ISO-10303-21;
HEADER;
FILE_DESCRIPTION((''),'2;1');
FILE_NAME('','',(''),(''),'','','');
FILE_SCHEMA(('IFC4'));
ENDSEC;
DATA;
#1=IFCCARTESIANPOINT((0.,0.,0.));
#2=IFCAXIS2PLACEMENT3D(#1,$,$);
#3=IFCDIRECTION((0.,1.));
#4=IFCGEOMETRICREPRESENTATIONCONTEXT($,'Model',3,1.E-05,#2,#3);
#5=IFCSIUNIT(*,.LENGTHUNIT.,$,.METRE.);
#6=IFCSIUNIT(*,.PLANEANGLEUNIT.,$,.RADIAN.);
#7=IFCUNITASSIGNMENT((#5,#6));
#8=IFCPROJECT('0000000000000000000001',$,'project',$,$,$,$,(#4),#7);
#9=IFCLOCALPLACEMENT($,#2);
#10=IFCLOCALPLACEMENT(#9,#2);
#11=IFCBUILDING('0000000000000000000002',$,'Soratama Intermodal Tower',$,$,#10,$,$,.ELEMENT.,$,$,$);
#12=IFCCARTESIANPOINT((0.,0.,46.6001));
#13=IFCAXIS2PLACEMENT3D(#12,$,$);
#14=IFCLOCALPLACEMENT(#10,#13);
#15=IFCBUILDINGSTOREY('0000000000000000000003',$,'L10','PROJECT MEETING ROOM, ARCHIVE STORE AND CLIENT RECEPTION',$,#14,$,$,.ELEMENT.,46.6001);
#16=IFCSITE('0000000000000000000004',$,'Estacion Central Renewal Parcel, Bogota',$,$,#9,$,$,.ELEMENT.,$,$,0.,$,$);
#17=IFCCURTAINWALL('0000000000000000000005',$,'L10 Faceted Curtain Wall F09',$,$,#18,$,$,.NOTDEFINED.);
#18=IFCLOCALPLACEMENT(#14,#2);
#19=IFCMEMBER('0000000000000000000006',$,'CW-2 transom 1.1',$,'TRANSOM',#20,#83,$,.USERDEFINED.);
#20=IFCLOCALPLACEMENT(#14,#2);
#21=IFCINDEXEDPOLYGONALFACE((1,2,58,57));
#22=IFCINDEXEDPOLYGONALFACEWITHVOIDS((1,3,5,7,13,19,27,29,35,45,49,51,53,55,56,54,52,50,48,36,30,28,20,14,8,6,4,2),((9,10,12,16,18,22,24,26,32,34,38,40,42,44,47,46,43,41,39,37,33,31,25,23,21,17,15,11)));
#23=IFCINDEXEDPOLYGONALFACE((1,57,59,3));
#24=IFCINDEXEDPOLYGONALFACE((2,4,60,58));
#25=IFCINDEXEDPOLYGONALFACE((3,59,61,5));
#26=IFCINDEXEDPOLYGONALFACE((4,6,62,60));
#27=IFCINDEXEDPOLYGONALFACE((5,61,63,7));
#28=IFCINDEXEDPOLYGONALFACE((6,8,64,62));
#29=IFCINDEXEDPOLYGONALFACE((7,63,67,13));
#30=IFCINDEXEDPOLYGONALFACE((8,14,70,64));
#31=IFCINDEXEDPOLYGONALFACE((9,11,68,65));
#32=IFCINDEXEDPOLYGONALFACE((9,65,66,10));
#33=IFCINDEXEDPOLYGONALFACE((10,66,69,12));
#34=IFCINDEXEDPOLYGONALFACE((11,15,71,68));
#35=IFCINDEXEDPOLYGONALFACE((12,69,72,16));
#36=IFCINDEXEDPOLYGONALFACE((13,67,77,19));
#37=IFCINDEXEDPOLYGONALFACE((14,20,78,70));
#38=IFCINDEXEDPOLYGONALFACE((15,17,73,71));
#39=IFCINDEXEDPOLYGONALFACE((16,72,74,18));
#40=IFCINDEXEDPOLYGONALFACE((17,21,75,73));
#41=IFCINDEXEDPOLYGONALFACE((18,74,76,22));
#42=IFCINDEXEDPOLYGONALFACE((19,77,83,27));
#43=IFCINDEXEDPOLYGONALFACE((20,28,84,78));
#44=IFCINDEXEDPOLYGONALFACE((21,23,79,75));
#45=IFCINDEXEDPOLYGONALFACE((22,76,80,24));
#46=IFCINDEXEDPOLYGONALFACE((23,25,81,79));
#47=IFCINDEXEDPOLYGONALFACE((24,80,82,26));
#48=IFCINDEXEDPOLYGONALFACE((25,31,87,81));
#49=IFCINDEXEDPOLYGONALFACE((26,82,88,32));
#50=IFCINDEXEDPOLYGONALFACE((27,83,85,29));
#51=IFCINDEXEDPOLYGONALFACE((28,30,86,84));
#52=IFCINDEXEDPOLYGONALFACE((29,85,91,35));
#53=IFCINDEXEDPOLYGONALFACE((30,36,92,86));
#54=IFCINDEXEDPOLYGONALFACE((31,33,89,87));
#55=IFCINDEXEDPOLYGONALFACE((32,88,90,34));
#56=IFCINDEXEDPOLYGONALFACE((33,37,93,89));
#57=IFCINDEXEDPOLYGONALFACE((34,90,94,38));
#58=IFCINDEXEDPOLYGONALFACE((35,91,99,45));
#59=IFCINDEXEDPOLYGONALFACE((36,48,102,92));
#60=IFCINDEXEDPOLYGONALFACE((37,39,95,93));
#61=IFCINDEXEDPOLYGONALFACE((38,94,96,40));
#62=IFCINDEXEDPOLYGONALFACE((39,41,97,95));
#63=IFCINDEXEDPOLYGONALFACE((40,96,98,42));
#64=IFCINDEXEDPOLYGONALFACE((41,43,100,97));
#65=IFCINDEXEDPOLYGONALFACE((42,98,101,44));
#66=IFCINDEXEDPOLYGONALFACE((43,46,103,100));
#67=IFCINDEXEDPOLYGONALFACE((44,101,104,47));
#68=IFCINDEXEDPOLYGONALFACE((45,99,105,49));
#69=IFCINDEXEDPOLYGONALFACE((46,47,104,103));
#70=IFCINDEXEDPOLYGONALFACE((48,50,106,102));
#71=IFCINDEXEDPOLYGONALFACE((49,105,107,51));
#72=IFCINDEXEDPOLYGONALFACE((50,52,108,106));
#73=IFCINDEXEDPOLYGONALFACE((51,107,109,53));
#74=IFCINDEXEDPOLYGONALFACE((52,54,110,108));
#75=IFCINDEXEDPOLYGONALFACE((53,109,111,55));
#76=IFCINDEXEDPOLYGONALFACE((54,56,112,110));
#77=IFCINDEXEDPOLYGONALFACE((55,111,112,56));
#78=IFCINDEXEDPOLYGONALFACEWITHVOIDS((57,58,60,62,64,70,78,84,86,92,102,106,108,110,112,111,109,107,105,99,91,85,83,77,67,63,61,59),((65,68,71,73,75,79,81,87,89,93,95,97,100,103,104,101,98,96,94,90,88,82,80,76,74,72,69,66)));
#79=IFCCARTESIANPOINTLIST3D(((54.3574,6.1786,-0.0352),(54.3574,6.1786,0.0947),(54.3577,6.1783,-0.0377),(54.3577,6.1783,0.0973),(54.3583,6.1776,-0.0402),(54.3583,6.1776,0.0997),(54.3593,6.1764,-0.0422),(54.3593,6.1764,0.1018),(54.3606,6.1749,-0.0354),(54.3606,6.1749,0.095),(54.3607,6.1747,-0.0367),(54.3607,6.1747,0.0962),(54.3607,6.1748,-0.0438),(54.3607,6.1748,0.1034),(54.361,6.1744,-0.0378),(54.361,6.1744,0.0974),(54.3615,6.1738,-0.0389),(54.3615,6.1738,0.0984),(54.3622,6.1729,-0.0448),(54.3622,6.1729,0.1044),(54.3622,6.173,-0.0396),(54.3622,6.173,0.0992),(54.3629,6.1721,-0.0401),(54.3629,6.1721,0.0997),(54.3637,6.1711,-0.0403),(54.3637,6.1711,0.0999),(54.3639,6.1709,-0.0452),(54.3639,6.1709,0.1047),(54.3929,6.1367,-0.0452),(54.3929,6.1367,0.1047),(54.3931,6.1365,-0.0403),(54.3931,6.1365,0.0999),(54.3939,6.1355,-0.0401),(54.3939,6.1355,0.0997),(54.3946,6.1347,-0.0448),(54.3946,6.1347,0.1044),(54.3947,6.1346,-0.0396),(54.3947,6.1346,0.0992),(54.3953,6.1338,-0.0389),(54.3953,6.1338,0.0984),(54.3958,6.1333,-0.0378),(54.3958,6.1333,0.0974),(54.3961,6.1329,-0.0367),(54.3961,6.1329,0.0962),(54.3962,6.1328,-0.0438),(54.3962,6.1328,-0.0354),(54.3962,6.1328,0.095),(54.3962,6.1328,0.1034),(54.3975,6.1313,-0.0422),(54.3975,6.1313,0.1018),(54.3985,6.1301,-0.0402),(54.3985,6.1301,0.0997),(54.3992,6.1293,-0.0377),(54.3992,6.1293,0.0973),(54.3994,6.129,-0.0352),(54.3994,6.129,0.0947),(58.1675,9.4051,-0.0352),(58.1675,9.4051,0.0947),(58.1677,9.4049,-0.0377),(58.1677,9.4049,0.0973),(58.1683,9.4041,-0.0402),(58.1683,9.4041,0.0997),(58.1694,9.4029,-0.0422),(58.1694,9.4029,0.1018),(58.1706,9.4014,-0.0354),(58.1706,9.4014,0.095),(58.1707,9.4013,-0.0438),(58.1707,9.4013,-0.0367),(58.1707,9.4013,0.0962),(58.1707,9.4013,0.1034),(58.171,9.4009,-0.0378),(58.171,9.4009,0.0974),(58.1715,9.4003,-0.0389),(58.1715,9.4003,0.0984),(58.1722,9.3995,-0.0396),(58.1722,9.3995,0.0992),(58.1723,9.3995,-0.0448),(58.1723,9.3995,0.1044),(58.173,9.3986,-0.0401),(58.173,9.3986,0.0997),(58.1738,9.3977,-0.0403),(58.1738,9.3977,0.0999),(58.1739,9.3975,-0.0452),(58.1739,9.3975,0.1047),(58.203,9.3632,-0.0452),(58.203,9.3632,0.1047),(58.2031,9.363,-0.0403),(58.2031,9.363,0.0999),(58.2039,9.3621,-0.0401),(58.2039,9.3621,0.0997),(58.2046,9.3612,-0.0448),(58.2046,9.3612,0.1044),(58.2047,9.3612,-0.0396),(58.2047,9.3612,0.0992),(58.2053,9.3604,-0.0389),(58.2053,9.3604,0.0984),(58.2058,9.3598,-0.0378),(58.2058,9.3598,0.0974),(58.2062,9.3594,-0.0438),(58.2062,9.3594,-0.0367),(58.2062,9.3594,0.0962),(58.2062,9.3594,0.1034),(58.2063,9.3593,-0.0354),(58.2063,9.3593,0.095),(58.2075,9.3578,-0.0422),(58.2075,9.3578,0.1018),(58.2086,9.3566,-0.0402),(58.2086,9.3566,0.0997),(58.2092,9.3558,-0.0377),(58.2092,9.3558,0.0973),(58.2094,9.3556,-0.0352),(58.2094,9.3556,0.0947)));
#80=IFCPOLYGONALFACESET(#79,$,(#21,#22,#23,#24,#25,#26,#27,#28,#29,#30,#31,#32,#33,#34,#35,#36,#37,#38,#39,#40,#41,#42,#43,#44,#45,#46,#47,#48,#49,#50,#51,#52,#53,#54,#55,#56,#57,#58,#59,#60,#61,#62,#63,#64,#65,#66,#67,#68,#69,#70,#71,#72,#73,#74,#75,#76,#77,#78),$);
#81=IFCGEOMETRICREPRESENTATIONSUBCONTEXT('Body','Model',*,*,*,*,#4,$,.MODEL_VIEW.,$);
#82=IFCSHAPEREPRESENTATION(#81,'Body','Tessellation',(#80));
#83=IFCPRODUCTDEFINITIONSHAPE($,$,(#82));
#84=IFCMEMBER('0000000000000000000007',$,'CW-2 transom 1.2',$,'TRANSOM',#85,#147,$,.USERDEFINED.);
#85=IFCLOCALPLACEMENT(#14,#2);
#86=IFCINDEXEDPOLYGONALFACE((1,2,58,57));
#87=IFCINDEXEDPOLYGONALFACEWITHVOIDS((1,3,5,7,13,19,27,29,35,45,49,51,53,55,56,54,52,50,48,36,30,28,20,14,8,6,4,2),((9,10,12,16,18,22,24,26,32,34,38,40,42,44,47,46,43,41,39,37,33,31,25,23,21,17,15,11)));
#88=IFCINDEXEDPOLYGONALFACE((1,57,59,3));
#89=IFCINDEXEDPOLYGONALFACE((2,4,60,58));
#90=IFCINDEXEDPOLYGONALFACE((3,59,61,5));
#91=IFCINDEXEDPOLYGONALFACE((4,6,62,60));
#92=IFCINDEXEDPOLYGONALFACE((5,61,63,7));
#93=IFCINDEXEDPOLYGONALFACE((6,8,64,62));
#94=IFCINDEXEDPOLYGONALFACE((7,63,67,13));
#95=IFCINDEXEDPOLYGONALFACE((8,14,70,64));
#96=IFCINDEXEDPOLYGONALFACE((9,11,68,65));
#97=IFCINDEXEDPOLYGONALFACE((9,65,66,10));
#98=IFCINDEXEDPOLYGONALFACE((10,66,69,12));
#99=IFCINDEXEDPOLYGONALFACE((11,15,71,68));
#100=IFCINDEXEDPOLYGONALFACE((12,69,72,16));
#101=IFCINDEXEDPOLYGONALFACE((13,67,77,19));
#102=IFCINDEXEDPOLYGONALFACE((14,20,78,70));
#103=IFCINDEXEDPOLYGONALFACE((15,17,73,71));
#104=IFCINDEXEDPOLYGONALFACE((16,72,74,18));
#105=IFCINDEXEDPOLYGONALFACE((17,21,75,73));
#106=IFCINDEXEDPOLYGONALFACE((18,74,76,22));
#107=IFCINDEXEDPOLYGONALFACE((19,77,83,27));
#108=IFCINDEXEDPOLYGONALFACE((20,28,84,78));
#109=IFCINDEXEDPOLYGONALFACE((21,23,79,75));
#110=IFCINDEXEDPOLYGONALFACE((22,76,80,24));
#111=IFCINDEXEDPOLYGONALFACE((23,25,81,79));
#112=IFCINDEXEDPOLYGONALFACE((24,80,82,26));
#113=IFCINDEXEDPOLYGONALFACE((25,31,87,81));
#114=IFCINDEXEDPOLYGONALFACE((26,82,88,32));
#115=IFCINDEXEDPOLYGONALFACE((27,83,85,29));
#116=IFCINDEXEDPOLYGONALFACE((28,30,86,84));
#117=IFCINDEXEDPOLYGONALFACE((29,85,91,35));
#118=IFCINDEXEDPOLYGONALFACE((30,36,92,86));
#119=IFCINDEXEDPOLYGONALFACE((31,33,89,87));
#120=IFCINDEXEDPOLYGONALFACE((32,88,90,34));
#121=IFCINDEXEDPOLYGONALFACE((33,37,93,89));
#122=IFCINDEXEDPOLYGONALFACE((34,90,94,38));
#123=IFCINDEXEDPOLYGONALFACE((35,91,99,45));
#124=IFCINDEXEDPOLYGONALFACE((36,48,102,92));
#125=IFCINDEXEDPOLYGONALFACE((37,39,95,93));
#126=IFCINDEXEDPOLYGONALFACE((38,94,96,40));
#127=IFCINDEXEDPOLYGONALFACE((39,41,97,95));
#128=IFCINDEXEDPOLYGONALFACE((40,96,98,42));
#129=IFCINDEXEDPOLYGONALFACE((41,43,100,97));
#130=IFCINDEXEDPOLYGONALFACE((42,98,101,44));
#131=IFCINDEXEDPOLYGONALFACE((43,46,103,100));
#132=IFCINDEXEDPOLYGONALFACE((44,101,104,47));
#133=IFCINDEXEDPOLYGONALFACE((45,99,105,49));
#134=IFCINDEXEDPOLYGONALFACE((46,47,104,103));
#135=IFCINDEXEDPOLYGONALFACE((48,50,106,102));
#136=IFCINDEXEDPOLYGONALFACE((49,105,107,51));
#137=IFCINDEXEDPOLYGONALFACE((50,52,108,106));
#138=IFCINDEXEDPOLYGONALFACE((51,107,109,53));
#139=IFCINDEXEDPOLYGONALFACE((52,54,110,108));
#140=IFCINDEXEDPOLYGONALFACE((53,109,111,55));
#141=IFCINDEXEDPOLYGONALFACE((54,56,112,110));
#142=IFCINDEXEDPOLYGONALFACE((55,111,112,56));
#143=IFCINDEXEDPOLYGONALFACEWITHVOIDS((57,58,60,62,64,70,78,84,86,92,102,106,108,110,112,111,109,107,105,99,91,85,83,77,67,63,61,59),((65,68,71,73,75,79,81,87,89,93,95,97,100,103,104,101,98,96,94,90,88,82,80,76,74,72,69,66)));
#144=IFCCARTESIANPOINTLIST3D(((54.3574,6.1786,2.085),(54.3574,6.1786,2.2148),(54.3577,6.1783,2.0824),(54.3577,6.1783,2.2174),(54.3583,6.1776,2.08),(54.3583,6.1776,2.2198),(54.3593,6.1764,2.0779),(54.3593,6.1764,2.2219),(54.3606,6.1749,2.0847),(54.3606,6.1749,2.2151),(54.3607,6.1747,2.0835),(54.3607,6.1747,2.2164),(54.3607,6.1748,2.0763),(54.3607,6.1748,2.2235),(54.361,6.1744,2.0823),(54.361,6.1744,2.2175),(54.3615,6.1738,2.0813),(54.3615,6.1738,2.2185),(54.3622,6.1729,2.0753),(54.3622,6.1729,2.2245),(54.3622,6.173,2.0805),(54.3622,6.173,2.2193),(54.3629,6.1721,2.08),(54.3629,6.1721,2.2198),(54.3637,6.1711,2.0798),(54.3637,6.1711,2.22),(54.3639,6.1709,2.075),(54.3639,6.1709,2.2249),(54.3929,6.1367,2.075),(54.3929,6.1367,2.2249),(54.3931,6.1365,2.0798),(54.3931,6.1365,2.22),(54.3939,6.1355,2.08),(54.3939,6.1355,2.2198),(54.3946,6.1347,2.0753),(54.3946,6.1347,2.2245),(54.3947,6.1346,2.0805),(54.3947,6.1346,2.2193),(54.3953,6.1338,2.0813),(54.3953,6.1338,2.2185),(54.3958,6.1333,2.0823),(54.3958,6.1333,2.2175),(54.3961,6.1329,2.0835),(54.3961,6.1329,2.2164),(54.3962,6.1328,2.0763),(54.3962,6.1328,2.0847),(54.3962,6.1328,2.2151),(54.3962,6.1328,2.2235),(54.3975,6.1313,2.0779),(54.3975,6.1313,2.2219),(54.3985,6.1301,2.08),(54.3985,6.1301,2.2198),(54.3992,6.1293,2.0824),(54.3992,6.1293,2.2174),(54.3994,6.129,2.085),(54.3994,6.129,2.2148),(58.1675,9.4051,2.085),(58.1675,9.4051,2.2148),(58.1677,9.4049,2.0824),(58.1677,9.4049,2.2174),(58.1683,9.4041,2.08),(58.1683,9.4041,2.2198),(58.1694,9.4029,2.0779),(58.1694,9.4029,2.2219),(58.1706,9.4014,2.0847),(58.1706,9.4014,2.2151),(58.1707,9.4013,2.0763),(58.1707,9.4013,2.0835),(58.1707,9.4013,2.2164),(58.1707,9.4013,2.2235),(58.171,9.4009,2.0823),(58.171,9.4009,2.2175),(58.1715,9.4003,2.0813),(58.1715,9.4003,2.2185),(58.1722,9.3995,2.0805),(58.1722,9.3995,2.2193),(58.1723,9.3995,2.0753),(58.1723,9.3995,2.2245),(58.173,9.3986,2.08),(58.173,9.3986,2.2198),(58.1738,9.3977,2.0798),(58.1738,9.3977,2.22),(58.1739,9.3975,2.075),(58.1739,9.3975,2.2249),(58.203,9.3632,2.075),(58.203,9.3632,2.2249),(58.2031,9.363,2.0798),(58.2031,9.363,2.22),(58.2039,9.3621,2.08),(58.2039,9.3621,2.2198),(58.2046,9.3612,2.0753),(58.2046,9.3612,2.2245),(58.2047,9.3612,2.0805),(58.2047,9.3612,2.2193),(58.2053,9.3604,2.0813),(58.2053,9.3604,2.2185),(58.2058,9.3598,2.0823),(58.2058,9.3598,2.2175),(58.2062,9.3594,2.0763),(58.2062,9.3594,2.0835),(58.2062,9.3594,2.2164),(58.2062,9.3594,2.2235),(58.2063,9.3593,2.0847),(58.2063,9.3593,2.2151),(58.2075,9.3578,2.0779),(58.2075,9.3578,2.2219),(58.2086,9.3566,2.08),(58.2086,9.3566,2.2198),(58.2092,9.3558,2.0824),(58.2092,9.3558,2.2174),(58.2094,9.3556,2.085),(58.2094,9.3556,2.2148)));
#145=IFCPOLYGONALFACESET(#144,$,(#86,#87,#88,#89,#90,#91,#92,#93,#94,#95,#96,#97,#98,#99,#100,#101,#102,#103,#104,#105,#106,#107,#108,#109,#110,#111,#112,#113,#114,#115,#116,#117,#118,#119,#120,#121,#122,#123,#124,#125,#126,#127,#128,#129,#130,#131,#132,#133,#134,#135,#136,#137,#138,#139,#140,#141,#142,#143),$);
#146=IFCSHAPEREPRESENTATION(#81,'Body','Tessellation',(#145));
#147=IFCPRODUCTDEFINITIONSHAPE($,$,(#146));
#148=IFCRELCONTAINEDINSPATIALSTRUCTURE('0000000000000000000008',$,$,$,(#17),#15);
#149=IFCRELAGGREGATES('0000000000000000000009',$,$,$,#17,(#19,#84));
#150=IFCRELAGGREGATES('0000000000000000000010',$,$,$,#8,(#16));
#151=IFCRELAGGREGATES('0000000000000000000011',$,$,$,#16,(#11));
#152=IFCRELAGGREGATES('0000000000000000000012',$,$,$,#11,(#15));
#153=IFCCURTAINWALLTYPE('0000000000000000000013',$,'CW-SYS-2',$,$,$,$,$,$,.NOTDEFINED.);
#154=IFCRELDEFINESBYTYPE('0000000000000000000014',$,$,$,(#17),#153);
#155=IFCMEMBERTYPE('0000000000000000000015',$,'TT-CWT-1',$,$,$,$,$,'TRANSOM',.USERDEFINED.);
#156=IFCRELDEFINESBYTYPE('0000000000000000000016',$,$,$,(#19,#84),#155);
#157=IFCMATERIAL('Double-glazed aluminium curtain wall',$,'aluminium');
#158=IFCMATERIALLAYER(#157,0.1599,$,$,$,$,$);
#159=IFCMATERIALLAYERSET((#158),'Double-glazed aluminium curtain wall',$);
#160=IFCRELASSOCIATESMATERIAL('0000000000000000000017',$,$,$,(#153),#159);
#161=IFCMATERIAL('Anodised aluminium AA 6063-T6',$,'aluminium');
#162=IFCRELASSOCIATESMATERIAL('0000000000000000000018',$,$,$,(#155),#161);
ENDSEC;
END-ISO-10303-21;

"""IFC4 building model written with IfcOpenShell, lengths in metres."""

from ifc_helpers import new_model, si_unit, direction, frame, origin, origin_2d, place, context, subcontext, project, spatial, hollow_rectangle, extrude, material, layer, layer_set, material_profile, profile_set, type_object, element, aggregate, save


model = new_model("IFC4")

# Units and contexts
model_context = context("Model", 3, precision=1e-05, world=origin(), true_north=direction((0.0, 1.0)))
body_context = subcontext(model_context, "Body", "Model", "MODEL_VIEW")
ifc_project = project(units=[si_unit("LENGTHUNIT", "METRE"), si_unit("PLANEANGLEUNIT", "RADIAN")], contexts=[model_context])

# Site, building, storey
site_placement = place(None, origin())
site = spatial("IfcSite", under=ifc_project, at=site_placement, Name="Estacion Central Renewal Parcel, Bogota", CompositionType="ELEMENT", RefElevation=0.0)
building_placement = place(site_placement, origin())
building = spatial("IfcBuilding", under=site, at=building_placement, Name="Soratama Intermodal Tower", CompositionType="ELEMENT")
storey_placement = place(building_placement, frame((0.0, 0.0, 46.6001)))
storey = spatial("IfcBuildingStorey", under=building, at=storey_placement, Name="L10", Description="PROJECT MEETING ROOM, ARCHIVE STORE AND CLIENT RECEPTION", CompositionType="ELEMENT", Elevation=46.6001)

# Shared definitions
ifc_material_1 = material(Name="Double-glazed aluminium curtain wall", Category="aluminium")
ifc_layer_1 = layer(ifc_material_1, 0.1599)
ifc_layer_set_1 = layer_set([ifc_layer_1], Name="Double-glazed aluminium curtain wall")
curtain_wall_type = type_object("IfcCurtainWallType", Name="CW-SYS-2", PredefinedType="NOTDEFINED", material=ifc_layer_set_1)

# Curtain wall, members
curtain_wall_1_placement = place(storey_placement, origin())
curtain_wall_1 = element("IfcCurtainWall", 1, at=curtain_wall_1_placement, inside=storey, type_object=curtain_wall_type, Name="L10 Faceted Curtain Wall F09", PredefinedType="NOTDEFINED")
ifc_material_2 = material(Name="Anodised aluminium AA 6063-T6", Category="aluminium")
ifc_material_profile_1 = material_profile(ifc_material_2, hollow_rectangle(XDim=0.0649, YDim=0.1499, WallThickness=0.0049, InnerFilletRadius=0.0049, OuterFilletRadius=0.01, at=origin_2d()), Name="CWT150X65X5")
ifc_profile_set_1 = profile_set([ifc_material_profile_1], Name="Anodised aluminium AA 6063-T6")
member_type_1 = type_object("IfcMemberType", Name="TT-CWT-1", ElementType="TRANSOM", PredefinedType="USERDEFINED", material=ifc_profile_set_1)
member_1_placement = place(storey_placement, frame((54.3784, 6.1538, 0.0298), z_axis=(0.763123, 0.646253, 0.0), x_axis=(-0.646253, 0.763123, 0.0)))
member_1 = element("IfcMember", 2, at=member_1_placement, type_object=member_type_1, Name="CW-2 transom 1.1", ObjectType="TRANSOM", PredefinedType="USERDEFINED", context=body_context, shape_type="SweptSolid", body=[
    extrude(hollow_rectangle(XDim=0.0649, YDim=0.1499, WallThickness=0.0049, InnerFilletRadius=0.0049, OuterFilletRadius=0.01, at=origin_2d()), origin(), (0.0, 0.0, 1.0), 4.9927),
])
member_2_placement = place(storey_placement, frame((54.3784, 6.1538, 2.1499), z_axis=(0.763123, 0.646253, 0.0), x_axis=(-0.646253, 0.763123, 0.0)))
member_2 = element("IfcMember", 3, at=member_2_placement, type_object=member_type_1, Name="CW-2 transom 1.2", ObjectType="TRANSOM", PredefinedType="USERDEFINED", context=body_context, shape_type="SweptSolid", body=[
    extrude(hollow_rectangle(XDim=0.0649, YDim=0.1499, WallThickness=0.0049, InnerFilletRadius=0.0049, OuterFilletRadius=0.01, at=origin_2d()), origin(), (0.0, 0.0, 1.0), 4.9927),
])
aggregate(curtain_wall_1, [member_1, member_2])

save(model, "model.ifc")
